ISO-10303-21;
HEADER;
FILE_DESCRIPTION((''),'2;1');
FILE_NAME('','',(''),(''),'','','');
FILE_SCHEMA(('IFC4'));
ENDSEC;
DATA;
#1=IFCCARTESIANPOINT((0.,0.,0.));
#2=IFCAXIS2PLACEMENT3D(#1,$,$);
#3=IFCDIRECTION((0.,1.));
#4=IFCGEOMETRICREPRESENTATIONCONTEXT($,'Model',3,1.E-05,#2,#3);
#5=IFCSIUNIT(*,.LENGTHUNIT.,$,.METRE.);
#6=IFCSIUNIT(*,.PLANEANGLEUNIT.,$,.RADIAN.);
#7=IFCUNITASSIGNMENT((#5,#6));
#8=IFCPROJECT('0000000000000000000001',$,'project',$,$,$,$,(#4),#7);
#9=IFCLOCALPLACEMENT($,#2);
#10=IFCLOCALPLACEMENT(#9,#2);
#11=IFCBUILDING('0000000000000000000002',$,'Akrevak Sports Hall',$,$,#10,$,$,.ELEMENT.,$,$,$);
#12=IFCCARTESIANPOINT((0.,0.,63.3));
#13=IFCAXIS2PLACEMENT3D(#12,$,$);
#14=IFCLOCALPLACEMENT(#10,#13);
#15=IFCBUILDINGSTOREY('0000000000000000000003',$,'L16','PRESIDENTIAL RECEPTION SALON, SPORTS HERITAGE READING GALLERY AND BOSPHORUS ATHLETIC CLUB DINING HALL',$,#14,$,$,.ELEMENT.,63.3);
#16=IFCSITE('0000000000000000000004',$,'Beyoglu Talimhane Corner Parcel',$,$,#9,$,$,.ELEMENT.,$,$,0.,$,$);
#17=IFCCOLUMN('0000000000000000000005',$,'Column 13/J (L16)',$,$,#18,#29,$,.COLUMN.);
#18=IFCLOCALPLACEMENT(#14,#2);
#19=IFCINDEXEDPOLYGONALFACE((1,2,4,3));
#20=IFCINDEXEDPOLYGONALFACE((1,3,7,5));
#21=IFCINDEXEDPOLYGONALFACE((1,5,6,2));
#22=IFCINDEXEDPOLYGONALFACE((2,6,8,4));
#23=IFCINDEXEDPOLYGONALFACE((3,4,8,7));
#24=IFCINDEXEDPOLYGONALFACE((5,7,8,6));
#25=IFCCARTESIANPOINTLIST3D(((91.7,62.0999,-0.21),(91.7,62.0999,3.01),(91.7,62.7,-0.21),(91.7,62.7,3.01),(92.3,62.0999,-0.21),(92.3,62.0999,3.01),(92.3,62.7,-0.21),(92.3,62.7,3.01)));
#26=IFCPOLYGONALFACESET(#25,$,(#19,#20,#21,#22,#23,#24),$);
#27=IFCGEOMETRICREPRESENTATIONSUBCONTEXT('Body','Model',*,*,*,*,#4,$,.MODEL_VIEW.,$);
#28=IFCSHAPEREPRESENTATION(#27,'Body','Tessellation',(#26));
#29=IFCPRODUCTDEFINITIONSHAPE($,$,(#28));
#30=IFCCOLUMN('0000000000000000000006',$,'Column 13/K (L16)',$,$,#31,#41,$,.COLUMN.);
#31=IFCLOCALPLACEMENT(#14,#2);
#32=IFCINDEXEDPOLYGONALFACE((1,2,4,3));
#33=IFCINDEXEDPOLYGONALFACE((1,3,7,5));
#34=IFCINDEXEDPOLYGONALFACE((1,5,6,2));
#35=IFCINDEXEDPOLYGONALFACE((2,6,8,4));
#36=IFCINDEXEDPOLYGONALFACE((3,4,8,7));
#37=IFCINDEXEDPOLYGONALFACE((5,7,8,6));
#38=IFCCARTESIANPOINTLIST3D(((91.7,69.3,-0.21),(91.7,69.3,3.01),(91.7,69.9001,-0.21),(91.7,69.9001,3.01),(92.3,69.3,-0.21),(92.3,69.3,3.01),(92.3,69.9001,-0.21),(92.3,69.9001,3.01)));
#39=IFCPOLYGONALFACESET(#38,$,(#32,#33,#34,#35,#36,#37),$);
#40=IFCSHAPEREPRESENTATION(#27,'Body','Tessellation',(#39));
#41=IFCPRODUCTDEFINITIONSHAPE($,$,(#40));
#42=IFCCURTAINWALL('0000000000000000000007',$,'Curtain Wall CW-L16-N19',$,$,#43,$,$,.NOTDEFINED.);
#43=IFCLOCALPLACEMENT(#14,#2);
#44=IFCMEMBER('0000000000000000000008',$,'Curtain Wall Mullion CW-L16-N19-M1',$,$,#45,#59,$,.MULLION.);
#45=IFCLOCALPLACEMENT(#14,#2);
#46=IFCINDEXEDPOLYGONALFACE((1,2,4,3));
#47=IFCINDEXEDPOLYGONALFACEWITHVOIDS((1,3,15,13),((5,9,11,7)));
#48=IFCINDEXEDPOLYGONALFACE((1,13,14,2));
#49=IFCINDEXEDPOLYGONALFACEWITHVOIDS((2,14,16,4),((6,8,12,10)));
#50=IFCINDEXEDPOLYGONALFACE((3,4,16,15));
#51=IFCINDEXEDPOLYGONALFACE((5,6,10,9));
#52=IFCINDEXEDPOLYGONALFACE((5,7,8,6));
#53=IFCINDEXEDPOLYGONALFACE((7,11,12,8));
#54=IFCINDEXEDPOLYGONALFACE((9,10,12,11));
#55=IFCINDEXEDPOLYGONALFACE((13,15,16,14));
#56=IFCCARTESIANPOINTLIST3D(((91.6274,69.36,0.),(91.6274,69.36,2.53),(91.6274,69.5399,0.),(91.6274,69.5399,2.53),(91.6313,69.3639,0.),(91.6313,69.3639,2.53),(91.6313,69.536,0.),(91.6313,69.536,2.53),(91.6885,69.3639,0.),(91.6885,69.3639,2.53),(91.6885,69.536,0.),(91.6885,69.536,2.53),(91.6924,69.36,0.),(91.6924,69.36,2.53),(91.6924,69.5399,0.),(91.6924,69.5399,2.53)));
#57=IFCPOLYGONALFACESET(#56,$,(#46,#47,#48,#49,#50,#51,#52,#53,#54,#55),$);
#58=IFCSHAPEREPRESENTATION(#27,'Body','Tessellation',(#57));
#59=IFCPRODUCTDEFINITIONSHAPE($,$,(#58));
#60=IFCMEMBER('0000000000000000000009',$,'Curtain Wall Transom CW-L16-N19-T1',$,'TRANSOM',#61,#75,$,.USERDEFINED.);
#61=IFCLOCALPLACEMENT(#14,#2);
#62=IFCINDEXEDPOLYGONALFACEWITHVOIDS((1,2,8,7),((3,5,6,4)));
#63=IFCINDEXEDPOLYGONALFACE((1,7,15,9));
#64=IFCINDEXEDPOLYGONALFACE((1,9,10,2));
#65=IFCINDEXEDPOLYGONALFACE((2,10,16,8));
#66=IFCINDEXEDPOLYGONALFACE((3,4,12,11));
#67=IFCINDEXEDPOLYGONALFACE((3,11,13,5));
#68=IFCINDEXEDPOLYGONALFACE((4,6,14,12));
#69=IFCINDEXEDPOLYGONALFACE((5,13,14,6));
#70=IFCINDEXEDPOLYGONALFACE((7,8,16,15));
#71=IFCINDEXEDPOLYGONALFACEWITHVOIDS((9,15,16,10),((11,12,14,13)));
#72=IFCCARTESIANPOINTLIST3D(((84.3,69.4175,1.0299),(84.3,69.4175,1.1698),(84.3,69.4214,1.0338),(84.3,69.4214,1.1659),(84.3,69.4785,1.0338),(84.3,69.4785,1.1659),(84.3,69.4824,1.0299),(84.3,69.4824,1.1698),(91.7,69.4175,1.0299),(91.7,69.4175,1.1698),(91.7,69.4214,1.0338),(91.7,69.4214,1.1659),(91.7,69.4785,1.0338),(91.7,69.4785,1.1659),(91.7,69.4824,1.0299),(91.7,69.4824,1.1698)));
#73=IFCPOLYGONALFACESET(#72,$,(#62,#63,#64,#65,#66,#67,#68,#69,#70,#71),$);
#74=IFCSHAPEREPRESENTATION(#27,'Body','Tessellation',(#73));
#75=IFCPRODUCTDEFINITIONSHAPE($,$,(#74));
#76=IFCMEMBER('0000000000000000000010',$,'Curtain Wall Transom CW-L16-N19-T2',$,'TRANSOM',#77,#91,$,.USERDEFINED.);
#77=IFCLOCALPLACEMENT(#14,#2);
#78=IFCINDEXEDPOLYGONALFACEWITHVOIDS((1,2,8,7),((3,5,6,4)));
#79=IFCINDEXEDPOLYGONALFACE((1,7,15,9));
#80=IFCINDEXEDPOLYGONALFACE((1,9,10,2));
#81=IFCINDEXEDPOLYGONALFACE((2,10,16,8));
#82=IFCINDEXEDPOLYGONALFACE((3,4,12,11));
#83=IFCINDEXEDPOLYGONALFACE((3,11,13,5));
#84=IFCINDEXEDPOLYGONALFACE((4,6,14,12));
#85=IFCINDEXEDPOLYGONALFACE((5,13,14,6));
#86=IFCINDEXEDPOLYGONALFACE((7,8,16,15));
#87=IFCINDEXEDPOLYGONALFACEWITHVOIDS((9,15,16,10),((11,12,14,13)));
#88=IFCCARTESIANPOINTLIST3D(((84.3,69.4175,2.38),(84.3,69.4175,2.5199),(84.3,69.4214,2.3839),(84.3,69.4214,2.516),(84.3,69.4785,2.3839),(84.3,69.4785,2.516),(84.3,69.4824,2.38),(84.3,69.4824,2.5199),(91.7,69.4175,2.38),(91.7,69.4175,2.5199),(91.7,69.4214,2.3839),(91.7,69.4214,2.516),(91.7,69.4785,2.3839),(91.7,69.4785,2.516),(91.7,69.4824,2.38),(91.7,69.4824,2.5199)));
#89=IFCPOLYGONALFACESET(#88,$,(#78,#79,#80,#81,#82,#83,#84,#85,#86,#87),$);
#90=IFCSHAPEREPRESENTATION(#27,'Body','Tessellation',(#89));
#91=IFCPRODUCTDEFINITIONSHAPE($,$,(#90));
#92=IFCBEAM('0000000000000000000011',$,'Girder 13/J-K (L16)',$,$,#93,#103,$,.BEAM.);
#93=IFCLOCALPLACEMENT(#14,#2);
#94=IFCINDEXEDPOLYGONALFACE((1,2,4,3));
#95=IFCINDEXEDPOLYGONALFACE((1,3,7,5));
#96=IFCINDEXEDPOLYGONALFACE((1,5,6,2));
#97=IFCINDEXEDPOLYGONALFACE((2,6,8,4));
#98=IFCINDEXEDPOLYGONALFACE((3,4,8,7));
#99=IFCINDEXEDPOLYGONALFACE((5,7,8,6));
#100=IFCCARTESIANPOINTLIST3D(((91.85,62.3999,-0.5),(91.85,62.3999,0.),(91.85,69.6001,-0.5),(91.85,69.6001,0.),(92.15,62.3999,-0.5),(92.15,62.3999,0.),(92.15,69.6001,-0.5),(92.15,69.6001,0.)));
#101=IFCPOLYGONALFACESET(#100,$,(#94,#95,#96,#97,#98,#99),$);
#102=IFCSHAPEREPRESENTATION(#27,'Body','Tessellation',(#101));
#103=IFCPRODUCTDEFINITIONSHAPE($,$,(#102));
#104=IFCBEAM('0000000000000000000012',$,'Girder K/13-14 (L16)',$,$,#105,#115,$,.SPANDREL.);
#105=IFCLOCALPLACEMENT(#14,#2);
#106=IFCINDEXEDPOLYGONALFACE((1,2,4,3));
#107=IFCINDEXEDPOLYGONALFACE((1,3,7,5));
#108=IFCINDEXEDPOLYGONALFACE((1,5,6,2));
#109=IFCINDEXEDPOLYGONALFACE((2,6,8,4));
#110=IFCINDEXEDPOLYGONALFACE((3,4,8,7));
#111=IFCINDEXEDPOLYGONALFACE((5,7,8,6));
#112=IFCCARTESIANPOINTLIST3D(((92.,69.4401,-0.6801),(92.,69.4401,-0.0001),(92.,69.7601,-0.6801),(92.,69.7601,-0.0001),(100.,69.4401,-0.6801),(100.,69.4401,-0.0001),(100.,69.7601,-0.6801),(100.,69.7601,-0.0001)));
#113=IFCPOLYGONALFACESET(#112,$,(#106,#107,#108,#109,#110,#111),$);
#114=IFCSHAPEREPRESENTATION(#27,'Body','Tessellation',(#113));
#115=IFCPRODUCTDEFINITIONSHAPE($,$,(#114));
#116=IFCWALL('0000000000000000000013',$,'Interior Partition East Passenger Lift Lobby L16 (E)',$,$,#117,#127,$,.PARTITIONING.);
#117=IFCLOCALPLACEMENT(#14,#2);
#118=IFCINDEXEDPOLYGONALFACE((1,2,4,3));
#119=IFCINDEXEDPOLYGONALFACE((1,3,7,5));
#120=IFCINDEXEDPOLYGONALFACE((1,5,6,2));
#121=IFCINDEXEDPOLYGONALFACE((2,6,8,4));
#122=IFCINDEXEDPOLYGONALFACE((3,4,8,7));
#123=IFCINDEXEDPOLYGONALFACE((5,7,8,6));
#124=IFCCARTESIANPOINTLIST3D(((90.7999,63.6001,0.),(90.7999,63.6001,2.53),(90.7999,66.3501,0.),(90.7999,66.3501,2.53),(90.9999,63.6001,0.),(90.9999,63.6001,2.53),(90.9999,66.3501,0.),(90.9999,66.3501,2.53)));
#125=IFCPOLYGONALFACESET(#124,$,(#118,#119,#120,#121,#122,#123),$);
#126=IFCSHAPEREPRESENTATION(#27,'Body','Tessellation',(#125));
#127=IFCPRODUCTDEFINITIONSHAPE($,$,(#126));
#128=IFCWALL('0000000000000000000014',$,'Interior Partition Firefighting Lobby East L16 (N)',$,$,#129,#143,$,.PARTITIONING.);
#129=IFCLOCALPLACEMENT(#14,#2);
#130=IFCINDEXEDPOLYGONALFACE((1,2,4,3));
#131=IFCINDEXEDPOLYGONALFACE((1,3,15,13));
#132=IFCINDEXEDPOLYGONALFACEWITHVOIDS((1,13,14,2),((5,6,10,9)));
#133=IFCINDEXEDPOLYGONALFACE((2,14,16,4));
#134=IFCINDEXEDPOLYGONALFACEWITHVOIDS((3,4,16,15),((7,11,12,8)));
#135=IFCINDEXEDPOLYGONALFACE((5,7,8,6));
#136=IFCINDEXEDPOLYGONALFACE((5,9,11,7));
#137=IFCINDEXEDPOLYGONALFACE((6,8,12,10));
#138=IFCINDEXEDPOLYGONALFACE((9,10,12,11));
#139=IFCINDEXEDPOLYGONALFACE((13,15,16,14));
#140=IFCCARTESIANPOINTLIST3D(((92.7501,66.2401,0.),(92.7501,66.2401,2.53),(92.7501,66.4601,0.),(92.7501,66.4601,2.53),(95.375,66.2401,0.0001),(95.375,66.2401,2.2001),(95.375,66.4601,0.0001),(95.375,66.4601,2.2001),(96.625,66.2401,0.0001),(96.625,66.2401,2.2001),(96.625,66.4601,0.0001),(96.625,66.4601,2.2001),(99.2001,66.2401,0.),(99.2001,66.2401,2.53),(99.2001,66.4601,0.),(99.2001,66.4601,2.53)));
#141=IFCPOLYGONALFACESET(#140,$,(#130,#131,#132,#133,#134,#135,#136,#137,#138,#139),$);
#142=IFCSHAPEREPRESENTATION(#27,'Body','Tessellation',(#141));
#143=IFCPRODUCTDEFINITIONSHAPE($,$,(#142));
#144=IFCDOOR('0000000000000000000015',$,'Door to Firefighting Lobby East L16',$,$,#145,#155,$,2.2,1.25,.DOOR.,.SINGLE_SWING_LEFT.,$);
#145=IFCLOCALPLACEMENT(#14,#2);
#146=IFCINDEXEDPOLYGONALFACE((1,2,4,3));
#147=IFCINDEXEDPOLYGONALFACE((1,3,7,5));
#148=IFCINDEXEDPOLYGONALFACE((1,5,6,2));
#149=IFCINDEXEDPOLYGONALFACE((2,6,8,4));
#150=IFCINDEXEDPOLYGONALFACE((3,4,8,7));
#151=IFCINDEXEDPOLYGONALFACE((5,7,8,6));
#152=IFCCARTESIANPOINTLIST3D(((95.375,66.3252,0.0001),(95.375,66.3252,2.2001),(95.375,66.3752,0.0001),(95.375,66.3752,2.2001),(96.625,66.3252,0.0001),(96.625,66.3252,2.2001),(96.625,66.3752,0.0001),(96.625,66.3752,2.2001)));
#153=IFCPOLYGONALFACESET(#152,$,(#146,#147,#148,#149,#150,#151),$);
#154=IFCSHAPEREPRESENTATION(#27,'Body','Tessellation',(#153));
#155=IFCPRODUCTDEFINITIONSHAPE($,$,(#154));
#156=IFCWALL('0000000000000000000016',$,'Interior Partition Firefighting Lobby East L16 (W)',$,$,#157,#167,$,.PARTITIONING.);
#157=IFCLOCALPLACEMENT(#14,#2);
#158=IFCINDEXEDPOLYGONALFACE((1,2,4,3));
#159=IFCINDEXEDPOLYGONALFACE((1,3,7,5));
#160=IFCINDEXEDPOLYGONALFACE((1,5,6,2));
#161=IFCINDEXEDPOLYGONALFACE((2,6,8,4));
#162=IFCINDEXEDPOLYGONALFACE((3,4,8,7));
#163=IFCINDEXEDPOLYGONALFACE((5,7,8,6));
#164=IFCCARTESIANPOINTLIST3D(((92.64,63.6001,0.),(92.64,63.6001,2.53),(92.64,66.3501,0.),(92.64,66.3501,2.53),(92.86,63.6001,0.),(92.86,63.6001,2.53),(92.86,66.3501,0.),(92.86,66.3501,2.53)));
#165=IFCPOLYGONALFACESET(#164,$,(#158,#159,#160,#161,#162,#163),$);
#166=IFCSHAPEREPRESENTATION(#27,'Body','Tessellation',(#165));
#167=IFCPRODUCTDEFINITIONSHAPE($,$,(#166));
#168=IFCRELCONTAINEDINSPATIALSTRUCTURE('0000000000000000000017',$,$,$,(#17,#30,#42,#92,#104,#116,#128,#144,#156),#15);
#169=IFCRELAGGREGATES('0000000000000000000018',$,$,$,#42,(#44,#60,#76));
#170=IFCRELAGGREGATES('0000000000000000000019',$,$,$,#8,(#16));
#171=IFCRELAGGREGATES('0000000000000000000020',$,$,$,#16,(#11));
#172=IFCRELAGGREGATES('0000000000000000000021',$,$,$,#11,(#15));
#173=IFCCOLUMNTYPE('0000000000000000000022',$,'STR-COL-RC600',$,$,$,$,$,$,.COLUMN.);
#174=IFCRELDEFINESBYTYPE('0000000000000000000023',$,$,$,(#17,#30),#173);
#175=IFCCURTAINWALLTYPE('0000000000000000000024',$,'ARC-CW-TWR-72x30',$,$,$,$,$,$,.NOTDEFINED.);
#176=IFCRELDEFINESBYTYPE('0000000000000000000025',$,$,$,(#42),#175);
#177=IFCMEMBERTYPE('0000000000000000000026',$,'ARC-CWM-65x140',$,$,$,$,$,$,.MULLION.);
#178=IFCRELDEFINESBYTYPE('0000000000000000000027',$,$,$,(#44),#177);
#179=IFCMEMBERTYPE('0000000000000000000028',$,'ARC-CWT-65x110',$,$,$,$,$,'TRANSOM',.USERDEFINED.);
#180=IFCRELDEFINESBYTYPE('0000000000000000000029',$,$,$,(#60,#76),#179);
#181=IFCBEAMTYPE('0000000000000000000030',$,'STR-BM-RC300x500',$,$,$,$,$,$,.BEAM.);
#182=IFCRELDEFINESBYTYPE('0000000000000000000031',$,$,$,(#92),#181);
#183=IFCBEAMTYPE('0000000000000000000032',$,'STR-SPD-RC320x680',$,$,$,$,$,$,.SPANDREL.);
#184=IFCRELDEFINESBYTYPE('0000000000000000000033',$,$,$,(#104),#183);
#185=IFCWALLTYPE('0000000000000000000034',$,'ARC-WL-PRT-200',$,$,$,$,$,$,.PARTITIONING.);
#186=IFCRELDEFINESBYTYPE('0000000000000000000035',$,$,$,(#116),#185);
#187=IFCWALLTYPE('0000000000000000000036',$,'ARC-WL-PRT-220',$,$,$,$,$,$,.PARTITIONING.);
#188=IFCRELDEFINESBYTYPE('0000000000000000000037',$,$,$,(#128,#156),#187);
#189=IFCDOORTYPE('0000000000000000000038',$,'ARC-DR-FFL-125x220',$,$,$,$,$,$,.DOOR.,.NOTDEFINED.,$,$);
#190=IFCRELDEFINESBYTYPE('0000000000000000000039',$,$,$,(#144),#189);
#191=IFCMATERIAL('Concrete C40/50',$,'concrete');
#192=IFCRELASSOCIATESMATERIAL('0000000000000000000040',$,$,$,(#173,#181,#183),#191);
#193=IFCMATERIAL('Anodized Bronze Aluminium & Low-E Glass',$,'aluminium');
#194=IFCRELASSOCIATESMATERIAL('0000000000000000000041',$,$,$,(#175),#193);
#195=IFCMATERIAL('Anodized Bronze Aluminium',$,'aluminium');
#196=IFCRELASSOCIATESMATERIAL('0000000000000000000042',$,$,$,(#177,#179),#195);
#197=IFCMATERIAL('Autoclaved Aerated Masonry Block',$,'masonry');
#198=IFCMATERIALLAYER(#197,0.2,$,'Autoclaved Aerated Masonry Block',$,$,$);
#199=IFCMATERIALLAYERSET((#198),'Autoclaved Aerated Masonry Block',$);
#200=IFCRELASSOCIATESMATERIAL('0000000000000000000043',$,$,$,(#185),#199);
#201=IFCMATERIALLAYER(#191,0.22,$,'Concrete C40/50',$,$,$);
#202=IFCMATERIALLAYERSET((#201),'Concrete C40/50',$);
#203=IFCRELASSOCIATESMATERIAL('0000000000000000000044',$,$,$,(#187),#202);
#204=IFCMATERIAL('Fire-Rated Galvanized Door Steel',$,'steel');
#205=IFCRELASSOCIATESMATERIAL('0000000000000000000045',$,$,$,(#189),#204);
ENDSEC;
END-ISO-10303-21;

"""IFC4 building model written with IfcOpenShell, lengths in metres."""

from ifc_helpers import new_model, si_unit, direction, frame, frame_2d, origin, origin_2d, place, context, subcontext, project, spatial, rectangle, hollow_rectangle, extrude, material, layer, layer_set, material_profile, profile_set, type_object, element, fill, aggregate, save


model = new_model("IFC4")

# Units and contexts
model_context = context("Model", 3, precision=1e-05, world=origin(), true_north=direction((0.0, 1.0)))
body_context = subcontext(model_context, "Body", "Model", "MODEL_VIEW")
ifc_project = project(units=[si_unit("LENGTHUNIT", "METRE"), si_unit("PLANEANGLEUNIT", "RADIAN")], contexts=[model_context])

# Site, building, storey
site_placement = place(None, origin())
site = spatial("IfcSite", under=ifc_project, at=site_placement, Name="Beyoglu Talimhane Corner Parcel", CompositionType="ELEMENT", RefElevation=0.0)
building_placement = place(site_placement, origin())
building = spatial("IfcBuilding", under=site, at=building_placement, Name="Akrevak Sports Hall", CompositionType="ELEMENT")
storey_placement = place(building_placement, frame((0.0, 0.0, 63.3)))
storey = spatial("IfcBuildingStorey", under=building, at=storey_placement, Name="L16", Description="PRESIDENTIAL RECEPTION SALON, SPORTS HERITAGE READING GALLERY AND BOSPHORUS ATHLETIC CLUB DINING HALL", CompositionType="ELEMENT", Elevation=63.3)

# Columns
ifc_material_1 = material(Name="Concrete C40/50", Category="concrete")
ifc_material_profile_1 = material_profile(ifc_material_1, rectangle(XDim=0.6001, YDim=0.6001, at=origin_2d()), Name="RC 600x600", Category="concrete")
ifc_profile_set_1 = profile_set([ifc_material_profile_1], Name="Concrete C40/50")
column_type = type_object("IfcColumnType", Name="STR-COL-RC600", PredefinedType="COLUMN", material=ifc_profile_set_1)
for number, where, z_axis, x_axis, name in (
    (1, (92.0, 62.3999, -0.21), (0.0, 0.0, 1.0), (1.0, 0.0, 0.0), "Column 13/J (L16)"),
    (2, (92.0, 69.6001, -0.21), (0.0, 0.0, 1.0), (1.0, 0.0, 0.0), "Column 13/K (L16)"),
):
    element("IfcColumn", number, at=place(storey_placement, frame(where, z_axis=z_axis, x_axis=x_axis)), inside=storey, type_object=column_type, Name=name, PredefinedType="COLUMN", context=body_context, shape_type="SweptSolid", body=[
        extrude(rectangle(XDim=0.6001, YDim=0.6001, at=origin_2d()), origin(), (0.0, 0.0, 1.0), 3.22),
    ])

# Curtain wall, members
ifc_material_2 = material(Name="Anodized Bronze Aluminium & Low-E Glass", Category="aluminium")
curtain_wall_type = type_object("IfcCurtainWallType", Name="ARC-CW-TWR-72x30", PredefinedType="NOTDEFINED", material=ifc_material_2)
curtain_wall_placement = place(storey_placement, origin())
curtain_wall = element("IfcCurtainWall", 3, at=curtain_wall_placement, inside=storey, type_object=curtain_wall_type, Name="Curtain Wall CW-L16-N19", PredefinedType="NOTDEFINED")
ifc_material_3 = material(Name="Anodized Bronze Aluminium", Category="aluminium")
ifc_material_profile_2 = material_profile(ifc_material_3, hollow_rectangle(XDim=0.0649, YDim=0.1799, WallThickness=0.0039, at=origin_2d()), Name="CWM 65x180", Category="aluminium")
ifc_profile_set_2 = profile_set([ifc_material_profile_2], Name="Anodized Bronze Aluminium")
member_type_1 = type_object("IfcMemberType", Name="ARC-CWM-65x140", PredefinedType="MULLION", material=ifc_profile_set_2)
member_1_placement = place(storey_placement, frame((91.6599, 69.45, 0.0), z_axis=(0.0, 0.0, 1.0), x_axis=(-1.0, 0.0, 0.0)))
member_1 = element("IfcMember", 4, at=member_1_placement, type_object=member_type_1, Name="Curtain Wall Mullion CW-L16-N19-M1", PredefinedType="MULLION", context=body_context, shape_type="SweptSolid", body=[
    extrude(hollow_rectangle(XDim=0.0649, YDim=0.1799, WallThickness=0.0039, at=origin_2d()), origin(), (0.0, 0.0, 1.0), 2.53),
])
ifc_material_profile_3 = material_profile(ifc_material_3, hollow_rectangle(XDim=0.0649, YDim=0.1399, WallThickness=0.0039, at=origin_2d()), Name="CWT 65x140", Category="aluminium")
ifc_profile_set_3 = profile_set([ifc_material_profile_3], Name="Anodized Bronze Aluminium")
member_type_2 = type_object("IfcMemberType", Name="ARC-CWT-65x110", ElementType="TRANSOM", PredefinedType="USERDEFINED", material=ifc_profile_set_3)
member_2_placement = place(storey_placement, frame((91.7, 69.45, 1.0999), z_axis=(-1.0, 0.0, 0.0), x_axis=(0.0, -1.0, 0.0)))
member_2 = element("IfcMember", 5, at=member_2_placement, type_object=member_type_2, Name="Curtain Wall Transom CW-L16-N19-T1", ObjectType="TRANSOM", PredefinedType="USERDEFINED", context=body_context, shape_type="SweptSolid", body=[
    extrude(hollow_rectangle(XDim=0.0649, YDim=0.1399, WallThickness=0.0039, at=origin_2d()), origin(), (0.0, 0.0, 1.0), 7.3999),
])
member_3_placement = place(storey_placement, frame((91.7, 69.45, 2.45), z_axis=(-1.0, 0.0, 0.0), x_axis=(0.0, -1.0, 0.0)))
member_3 = element("IfcMember", 6, at=member_3_placement, type_object=member_type_2, Name="Curtain Wall Transom CW-L16-N19-T2", ObjectType="TRANSOM", PredefinedType="USERDEFINED", context=body_context, shape_type="SweptSolid", body=[
    extrude(hollow_rectangle(XDim=0.0649, YDim=0.1399, WallThickness=0.0039, at=origin_2d()), origin(), (0.0, 0.0, 1.0), 7.3999),
])
aggregate(curtain_wall, [member_1, member_2, member_3])

# Beams
ifc_material_profile_4 = material_profile(ifc_material_1, rectangle(XDim=0.3, YDim=0.5, at=origin_2d()), Name="BM 300x500", Category="concrete")
ifc_profile_set_4 = profile_set([ifc_material_profile_4], Name="Concrete C40/50")
beam_type_1 = type_object("IfcBeamType", Name="STR-BM-RC300x500", PredefinedType="BEAM", material=ifc_profile_set_4)
beam_1_placement = place(storey_placement, frame((92.0, 62.3999, -0.25), z_axis=(0.0, 1.0, 0.0), x_axis=(-1.0, 0.0, 0.0)))
element("IfcBeam", 7, at=beam_1_placement, inside=storey, type_object=beam_type_1, Name="Girder 13/J-K (L16)", PredefinedType="BEAM", context=body_context, shape_type="SweptSolid", body=[
    extrude(rectangle(XDim=0.3, YDim=0.5, at=origin_2d()), origin(), (0.0, 0.0, 1.0), 7.2002),
])
ifc_material_profile_5 = material_profile(ifc_material_1, rectangle(XDim=0.3201, YDim=0.6799, at=origin_2d()), Name="SPD 320x680", Category="concrete")
ifc_profile_set_5 = profile_set([ifc_material_profile_5], Name="Concrete C40/50")
beam_type_2 = type_object("IfcBeamType", Name="STR-SPD-RC320x680", PredefinedType="SPANDREL", material=ifc_profile_set_5)
beam_2_placement = place(storey_placement, frame((92.0, 69.6001, -0.3401), z_axis=(1.0, 0.0, 0.0), x_axis=(0.0, 1.0, 0.0)))
element("IfcBeam", 8, at=beam_2_placement, inside=storey, type_object=beam_type_2, Name="Girder K/13-14 (L16)", PredefinedType="SPANDREL", context=body_context, shape_type="SweptSolid", body=[
    extrude(rectangle(XDim=0.3201, YDim=0.6799, at=origin_2d()), origin(), (0.0, 0.0, 1.0), 8.0),
])

# Wall
ifc_material_4 = material(Name="Autoclaved Aerated Masonry Block", Category="masonry")
ifc_layer_1 = layer(ifc_material_4, 0.2, Name="Autoclaved Aerated Masonry Block")
ifc_layer_set_1 = layer_set([ifc_layer_1], Name="Autoclaved Aerated Masonry Block")
wall_type_1 = type_object("IfcWallType", Name="ARC-WL-PRT-200", PredefinedType="PARTITIONING", material=ifc_layer_set_1)
wall_1_placement = place(storey_placement, frame((90.8999, 63.6001, 0.0), z_axis=(0.0, 0.0, 1.0), x_axis=(0.0, 1.0, 0.0)))
element("IfcWall", 9, at=wall_1_placement, inside=storey, type_object=wall_type_1, Name="Interior Partition East Passenger Lift Lobby L16 (E)", PredefinedType="PARTITIONING", context=body_context, shape_type="SweptSolid", body=[
    extrude(rectangle(XDim=2.75, YDim=0.2, at=frame_2d((1.375, 0.0))), origin(), (0.0, 0.0, 1.0), 2.53),
])

# Wall, opening, door
ifc_layer_2 = layer(ifc_material_1, 0.22, Name="Concrete C40/50")
ifc_layer_set_2 = layer_set([ifc_layer_2], Name="Concrete C40/50")
wall_type_2 = type_object("IfcWallType", Name="ARC-WL-PRT-220", PredefinedType="PARTITIONING", material=ifc_layer_set_2)
wall_2_placement = place(storey_placement, frame((92.75, 66.3501, 0.0), z_axis=(0.0, 0.0, 1.0), x_axis=(1.0, 0.0, 0.0)))
wall_2 = element("IfcWall", 10, at=wall_2_placement, inside=storey, type_object=wall_type_2, Name="Interior Partition Firefighting Lobby East L16 (N)", PredefinedType="PARTITIONING", context=body_context, shape_type="SweptSolid", body=[
    extrude(rectangle(XDim=6.45, YDim=0.22, at=frame_2d((3.2251, 0.0))), origin(), (0.0, 0.0, 1.0), 2.53),
])
opening_1_placement = place(wall_2_placement, frame((2.625, 0.0, 0.0)))
opening_1 = element("IfcOpeningElement", 11, at=opening_1_placement, cuts=wall_2, PredefinedType="OPENING", context=body_context, shape_type="SweptSolid", body=[
    extrude(rectangle(XDim=1.25, YDim=2.2, at=frame_2d((0.625, 1.1001))), frame((0.0, 0.1221, 0.0), z_axis=(0.0, -1.0, 0.0), x_axis=(1.0, 0.0, 0.0)), (0.0, 0.0, 1.0), 0.2439),
])
ifc_material_5 = material(Name="Fire-Rated Galvanized Door Steel", Category="steel")
door_type_1 = type_object("IfcDoorType", Name="ARC-DR-FFL-125x220", OperationType="NOTDEFINED", PredefinedType="DOOR", material=ifc_material_5)
door_1_placement = place(opening_1_placement, frame((1.25, 0.0, 0.0), z_axis=(0.0, 0.0, 1.0), x_axis=(-1.0, 0.0, 0.0)))
door_1 = element("IfcDoor", 12, at=door_1_placement, inside=storey, type_object=door_type_1, Name="Door to Firefighting Lobby East L16", OperationType="SINGLE_SWING_LEFT", OverallHeight=2.2, OverallWidth=1.25, PredefinedType="DOOR", context=body_context, shape_type="SweptSolid", body=[
    extrude(rectangle(XDim=1.25, YDim=2.2, at=frame_2d((0.625, 1.1001))), frame((0.0, 0.0249, 0.0), z_axis=(0.0, -1.0, 0.0), x_axis=(1.0, 0.0, 0.0)), (0.0, 0.0, 1.0), 0.05),
])
fill(opening_1, door_1)

# Wall
wall_3_placement = place(storey_placement, frame((92.75, 63.6001, 0.0), z_axis=(0.0, 0.0, 1.0), x_axis=(0.0, 1.0, 0.0)))
element("IfcWall", 13, at=wall_3_placement, inside=storey, type_object=wall_type_2, Name="Interior Partition Firefighting Lobby East L16 (W)", PredefinedType="PARTITIONING", context=body_context, shape_type="SweptSolid", body=[
    extrude(rectangle(XDim=2.75, YDim=0.22, at=frame_2d((1.375, 0.0))), origin(), (0.0, 0.0, 1.0), 2.53),
])

save(model, "model.ifc")
